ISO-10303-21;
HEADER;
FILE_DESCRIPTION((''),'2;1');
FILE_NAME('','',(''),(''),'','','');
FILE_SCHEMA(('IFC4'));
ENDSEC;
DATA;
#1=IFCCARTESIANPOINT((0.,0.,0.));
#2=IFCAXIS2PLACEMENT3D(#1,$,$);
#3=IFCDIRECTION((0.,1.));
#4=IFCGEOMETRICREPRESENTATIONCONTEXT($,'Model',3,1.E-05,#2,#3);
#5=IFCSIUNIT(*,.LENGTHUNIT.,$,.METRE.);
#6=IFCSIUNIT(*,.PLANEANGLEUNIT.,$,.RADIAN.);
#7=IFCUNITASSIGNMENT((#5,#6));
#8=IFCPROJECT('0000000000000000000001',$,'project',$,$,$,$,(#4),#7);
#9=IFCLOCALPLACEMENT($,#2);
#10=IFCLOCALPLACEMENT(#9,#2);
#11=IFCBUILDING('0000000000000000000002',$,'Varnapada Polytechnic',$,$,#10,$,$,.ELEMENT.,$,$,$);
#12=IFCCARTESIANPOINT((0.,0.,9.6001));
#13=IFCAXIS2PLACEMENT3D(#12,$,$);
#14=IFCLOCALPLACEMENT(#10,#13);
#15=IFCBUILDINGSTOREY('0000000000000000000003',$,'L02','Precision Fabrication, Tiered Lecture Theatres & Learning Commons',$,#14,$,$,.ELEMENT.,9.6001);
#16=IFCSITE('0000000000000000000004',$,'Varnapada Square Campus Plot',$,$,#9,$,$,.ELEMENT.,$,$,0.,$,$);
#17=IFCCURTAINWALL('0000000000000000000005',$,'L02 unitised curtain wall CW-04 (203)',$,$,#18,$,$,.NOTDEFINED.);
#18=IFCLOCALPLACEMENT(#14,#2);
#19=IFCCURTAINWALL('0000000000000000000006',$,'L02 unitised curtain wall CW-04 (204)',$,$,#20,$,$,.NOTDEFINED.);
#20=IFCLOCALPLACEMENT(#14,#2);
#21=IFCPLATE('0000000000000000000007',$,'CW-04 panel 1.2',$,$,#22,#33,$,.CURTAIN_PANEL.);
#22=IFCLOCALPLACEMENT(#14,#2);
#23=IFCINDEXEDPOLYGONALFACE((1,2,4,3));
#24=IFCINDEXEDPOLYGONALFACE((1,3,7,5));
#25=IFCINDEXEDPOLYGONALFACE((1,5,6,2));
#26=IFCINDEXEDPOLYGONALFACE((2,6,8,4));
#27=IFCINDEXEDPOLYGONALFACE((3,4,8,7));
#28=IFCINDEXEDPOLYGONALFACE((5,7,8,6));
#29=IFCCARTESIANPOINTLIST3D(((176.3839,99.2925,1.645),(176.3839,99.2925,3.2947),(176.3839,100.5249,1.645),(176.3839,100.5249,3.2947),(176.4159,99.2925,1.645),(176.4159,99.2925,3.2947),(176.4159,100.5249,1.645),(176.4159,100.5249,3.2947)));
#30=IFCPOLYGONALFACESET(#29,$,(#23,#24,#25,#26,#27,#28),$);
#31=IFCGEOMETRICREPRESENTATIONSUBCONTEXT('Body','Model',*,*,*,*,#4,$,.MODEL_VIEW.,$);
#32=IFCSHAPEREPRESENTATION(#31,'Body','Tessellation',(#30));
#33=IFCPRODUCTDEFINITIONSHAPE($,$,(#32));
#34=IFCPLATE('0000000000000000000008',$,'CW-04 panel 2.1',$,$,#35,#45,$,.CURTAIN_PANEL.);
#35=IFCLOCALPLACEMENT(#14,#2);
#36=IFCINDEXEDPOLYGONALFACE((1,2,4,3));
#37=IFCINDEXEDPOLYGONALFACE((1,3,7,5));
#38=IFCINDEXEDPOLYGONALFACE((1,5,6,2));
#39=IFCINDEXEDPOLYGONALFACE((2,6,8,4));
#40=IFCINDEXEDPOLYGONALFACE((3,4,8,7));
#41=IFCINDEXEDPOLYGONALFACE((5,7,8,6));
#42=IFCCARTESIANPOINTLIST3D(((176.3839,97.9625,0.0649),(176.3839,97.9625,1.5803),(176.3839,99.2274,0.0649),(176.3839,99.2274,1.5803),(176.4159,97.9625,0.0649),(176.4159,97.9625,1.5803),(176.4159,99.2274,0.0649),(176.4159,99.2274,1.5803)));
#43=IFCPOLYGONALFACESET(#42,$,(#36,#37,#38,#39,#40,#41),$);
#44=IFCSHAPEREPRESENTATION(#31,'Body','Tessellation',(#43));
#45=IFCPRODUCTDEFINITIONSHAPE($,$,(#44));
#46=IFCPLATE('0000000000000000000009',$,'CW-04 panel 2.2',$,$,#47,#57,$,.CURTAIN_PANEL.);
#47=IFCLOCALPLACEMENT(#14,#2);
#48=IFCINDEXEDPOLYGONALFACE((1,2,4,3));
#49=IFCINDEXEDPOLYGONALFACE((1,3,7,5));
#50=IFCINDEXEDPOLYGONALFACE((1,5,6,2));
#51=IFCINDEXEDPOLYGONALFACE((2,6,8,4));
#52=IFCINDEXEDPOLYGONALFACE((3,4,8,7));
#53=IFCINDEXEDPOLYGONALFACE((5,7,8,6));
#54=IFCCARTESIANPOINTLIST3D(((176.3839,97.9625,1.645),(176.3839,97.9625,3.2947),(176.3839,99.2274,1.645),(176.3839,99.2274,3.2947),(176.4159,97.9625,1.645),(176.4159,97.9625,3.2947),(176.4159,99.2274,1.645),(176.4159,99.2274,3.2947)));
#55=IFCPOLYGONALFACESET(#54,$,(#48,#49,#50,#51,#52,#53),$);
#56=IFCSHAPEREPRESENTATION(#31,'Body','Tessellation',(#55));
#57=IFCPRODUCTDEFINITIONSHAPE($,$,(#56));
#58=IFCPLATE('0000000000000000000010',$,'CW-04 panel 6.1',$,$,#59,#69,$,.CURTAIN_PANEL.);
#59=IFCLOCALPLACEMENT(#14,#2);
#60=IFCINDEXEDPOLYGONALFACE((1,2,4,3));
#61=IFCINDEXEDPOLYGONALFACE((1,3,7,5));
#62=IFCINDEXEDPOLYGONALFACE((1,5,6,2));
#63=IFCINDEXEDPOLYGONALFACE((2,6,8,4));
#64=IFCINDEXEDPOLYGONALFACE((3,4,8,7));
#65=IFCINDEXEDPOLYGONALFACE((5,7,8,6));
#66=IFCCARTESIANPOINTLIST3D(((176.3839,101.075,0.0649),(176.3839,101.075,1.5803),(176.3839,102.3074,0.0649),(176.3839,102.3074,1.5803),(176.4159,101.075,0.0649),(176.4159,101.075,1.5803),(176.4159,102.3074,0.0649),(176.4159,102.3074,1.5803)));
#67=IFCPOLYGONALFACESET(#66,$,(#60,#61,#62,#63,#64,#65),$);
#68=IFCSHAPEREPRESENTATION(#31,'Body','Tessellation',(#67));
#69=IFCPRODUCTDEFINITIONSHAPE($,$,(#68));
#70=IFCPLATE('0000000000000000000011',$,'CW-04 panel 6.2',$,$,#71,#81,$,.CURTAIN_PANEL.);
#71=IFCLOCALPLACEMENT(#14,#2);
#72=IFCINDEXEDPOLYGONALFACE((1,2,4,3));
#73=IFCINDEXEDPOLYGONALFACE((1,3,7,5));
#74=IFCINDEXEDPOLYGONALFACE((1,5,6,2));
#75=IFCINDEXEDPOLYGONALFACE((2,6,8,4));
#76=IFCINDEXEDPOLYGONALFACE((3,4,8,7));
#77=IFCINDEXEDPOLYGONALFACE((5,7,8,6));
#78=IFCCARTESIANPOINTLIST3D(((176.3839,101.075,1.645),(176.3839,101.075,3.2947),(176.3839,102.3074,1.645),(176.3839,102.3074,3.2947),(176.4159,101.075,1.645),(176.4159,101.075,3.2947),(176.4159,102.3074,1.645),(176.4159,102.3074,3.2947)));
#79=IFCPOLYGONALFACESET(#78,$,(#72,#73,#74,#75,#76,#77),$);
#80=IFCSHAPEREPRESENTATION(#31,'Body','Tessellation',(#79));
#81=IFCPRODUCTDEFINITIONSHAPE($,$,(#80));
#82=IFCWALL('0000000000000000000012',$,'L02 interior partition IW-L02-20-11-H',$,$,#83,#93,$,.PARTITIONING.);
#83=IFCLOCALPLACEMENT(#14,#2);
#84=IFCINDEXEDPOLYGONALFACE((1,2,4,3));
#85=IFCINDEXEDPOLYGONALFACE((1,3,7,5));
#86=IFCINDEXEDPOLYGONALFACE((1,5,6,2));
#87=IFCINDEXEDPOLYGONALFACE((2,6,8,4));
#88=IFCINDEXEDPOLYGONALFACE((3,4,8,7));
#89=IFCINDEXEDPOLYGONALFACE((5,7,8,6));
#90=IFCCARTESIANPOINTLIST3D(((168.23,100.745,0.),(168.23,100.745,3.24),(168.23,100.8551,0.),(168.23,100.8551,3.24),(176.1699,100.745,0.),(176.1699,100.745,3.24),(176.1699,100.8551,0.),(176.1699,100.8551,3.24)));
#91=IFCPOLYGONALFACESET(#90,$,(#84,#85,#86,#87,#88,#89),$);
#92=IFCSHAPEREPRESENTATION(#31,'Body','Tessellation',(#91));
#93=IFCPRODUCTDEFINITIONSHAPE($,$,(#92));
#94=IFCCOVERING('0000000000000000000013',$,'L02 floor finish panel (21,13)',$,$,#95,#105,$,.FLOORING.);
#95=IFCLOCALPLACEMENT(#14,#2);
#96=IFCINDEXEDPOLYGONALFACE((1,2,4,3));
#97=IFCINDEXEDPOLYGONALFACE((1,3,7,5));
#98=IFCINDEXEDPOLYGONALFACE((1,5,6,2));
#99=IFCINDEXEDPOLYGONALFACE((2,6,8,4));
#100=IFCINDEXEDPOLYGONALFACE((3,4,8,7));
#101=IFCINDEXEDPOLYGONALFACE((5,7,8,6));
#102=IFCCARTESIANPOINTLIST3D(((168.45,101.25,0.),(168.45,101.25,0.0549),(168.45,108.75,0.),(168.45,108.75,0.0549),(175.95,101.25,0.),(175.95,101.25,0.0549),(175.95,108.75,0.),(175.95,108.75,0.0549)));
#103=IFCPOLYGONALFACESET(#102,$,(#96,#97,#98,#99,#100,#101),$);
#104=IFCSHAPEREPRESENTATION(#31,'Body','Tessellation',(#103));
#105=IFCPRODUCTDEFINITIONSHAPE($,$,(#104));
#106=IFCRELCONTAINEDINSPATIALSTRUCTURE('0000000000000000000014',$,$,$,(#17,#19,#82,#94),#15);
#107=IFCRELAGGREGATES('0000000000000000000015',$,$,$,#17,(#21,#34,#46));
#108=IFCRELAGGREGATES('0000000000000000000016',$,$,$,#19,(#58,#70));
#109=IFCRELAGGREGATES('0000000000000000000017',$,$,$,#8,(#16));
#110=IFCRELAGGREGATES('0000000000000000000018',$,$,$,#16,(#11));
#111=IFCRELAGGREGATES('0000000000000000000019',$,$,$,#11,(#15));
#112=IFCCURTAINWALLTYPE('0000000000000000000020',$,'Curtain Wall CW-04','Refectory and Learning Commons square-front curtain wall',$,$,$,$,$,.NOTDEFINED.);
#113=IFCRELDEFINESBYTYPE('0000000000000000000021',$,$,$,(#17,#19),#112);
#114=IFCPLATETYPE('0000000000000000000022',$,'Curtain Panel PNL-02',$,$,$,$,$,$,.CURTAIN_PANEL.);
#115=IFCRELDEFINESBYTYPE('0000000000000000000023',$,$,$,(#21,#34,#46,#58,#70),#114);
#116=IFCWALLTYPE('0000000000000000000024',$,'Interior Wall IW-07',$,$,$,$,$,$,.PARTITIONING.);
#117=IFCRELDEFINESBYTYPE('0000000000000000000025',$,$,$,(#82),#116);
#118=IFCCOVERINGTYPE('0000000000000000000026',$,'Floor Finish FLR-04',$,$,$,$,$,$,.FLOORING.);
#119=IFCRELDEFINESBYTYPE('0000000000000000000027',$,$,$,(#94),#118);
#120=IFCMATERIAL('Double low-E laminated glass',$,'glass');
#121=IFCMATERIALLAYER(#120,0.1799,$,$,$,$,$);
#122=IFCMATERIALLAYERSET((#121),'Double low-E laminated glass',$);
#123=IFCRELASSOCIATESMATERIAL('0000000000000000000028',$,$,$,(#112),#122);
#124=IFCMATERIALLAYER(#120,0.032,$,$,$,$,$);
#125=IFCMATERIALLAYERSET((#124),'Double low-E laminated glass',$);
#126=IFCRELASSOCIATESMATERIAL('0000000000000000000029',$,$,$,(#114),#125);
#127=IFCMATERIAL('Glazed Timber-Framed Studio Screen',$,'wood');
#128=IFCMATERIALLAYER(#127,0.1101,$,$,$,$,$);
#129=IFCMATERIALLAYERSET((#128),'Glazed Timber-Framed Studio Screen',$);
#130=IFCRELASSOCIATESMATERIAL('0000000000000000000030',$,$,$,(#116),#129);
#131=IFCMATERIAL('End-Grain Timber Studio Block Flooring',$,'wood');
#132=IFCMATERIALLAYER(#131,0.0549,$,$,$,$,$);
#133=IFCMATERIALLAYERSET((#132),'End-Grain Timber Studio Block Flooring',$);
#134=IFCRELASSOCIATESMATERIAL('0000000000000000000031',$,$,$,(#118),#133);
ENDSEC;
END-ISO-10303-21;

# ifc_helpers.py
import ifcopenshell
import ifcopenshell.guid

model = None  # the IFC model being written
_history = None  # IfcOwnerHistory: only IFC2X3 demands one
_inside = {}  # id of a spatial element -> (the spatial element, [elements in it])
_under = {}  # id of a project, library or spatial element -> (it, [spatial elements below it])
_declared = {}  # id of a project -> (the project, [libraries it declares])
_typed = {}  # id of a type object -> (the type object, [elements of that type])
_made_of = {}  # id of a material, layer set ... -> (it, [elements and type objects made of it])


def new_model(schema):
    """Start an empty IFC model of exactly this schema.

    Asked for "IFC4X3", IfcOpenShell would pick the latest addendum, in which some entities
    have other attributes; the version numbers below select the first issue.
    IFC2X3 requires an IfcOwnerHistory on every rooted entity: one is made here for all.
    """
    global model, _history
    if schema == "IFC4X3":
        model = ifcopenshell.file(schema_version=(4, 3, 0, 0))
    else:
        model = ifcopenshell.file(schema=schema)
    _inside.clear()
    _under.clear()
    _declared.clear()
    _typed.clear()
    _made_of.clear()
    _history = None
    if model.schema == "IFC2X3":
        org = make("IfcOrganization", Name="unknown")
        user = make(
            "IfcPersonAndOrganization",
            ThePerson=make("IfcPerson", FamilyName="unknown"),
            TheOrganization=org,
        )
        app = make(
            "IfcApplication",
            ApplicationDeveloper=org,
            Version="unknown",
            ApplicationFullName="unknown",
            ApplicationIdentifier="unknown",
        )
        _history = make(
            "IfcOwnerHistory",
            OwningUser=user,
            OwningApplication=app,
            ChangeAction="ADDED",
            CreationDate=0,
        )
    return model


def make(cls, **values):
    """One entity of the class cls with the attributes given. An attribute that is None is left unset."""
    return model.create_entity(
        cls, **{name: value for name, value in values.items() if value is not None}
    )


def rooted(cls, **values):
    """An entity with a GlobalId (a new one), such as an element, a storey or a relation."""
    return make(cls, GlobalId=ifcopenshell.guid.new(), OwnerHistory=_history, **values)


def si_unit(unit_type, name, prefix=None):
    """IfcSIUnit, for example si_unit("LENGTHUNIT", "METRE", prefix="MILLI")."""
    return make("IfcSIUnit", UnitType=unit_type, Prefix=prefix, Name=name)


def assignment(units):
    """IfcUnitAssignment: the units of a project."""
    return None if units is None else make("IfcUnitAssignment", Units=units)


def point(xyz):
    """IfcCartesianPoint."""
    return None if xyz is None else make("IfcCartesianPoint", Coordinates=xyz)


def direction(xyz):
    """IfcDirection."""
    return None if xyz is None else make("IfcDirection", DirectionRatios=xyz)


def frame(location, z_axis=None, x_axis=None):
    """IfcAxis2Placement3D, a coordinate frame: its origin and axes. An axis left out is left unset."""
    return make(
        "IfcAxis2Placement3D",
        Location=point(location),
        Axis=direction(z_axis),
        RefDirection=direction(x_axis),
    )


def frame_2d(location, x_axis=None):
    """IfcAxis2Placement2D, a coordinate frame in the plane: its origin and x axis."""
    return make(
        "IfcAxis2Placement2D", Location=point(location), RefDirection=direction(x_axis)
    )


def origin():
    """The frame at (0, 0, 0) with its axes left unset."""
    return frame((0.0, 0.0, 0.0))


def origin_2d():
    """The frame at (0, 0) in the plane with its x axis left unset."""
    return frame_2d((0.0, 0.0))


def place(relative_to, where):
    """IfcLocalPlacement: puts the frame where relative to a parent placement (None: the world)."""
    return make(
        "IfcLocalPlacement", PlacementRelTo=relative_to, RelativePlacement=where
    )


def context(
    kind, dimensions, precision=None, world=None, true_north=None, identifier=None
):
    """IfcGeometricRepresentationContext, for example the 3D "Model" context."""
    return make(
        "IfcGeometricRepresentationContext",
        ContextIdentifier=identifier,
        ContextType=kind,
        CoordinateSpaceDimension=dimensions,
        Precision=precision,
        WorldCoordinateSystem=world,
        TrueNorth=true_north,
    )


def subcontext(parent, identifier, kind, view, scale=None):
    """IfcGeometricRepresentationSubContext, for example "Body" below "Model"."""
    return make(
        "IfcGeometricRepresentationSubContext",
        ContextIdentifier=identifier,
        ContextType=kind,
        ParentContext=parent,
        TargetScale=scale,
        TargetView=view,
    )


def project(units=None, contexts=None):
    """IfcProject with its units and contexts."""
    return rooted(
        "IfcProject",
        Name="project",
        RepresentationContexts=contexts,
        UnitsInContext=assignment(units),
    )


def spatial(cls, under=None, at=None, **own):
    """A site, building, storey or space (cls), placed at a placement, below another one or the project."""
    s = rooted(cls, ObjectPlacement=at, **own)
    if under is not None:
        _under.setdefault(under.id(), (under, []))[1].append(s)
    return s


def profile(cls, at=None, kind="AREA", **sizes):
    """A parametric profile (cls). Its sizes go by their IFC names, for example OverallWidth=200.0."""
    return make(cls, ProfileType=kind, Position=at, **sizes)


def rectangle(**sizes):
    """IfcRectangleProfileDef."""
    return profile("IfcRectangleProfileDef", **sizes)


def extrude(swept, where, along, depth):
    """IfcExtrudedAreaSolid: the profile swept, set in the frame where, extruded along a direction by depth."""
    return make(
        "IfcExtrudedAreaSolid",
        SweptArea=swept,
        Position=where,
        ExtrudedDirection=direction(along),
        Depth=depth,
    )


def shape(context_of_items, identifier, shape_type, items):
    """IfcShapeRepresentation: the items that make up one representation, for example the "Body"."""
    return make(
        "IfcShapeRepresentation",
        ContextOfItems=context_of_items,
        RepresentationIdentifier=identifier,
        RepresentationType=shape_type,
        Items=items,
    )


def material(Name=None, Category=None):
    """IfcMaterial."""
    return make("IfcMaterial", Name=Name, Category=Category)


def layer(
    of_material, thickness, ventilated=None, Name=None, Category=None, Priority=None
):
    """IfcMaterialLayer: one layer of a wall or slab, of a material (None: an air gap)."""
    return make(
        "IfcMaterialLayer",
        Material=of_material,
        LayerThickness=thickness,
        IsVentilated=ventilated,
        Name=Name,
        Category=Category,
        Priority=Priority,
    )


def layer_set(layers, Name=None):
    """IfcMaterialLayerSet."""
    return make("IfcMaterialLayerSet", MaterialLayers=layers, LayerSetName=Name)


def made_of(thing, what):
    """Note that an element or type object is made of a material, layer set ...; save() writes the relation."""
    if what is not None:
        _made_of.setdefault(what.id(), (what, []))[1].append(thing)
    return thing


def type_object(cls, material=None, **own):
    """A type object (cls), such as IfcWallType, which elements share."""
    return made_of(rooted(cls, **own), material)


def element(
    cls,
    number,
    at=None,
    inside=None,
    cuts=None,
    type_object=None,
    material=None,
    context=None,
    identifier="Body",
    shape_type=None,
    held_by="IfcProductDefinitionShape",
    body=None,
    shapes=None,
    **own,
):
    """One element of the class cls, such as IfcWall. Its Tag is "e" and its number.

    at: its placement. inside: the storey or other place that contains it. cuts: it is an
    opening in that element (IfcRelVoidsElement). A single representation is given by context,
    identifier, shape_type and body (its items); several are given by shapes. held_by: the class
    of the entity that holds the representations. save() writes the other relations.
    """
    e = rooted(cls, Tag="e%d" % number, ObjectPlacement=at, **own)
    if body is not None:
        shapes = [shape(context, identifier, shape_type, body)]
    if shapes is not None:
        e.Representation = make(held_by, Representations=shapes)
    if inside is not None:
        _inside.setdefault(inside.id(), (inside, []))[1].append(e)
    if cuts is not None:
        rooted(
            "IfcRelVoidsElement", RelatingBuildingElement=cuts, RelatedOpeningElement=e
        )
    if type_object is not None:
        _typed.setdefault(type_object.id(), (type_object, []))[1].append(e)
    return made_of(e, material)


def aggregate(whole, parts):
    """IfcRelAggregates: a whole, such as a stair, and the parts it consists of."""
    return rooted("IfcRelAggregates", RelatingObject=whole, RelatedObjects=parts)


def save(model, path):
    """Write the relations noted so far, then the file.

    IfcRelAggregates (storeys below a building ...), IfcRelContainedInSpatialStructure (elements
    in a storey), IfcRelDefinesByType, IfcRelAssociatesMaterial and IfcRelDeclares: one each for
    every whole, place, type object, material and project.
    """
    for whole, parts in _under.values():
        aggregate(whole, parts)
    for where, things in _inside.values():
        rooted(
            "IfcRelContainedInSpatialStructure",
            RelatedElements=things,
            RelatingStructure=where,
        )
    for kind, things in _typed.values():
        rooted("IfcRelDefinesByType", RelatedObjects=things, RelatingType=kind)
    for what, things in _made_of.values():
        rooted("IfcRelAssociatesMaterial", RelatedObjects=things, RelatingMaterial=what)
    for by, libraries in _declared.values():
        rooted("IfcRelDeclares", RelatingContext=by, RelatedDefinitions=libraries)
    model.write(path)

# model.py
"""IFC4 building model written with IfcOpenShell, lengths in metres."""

from ifc_helpers import new_model, si_unit, direction, frame, frame_2d, origin, origin_2d, place, context, subcontext, project, spatial, rectangle, extrude, material, layer, layer_set, type_object, element, aggregate, save


model = new_model("IFC4")

# Units and contexts
model_context = context("Model", 3, precision=1e-05, world=origin(), true_north=direction((0.0, 1.0)))
body_context = subcontext(model_context, "Body", "Model", "MODEL_VIEW")
ifc_project = project(units=[si_unit("LENGTHUNIT", "METRE"), si_unit("PLANEANGLEUNIT", "RADIAN")], contexts=[model_context])

# Site, building, storey
site_placement = place(None, origin())
site = spatial("IfcSite", under=ifc_project, at=site_placement, Name="Varnapada Square Campus Plot", CompositionType="ELEMENT", RefElevation=0.0)
building_placement = place(site_placement, origin())
building = spatial("IfcBuilding", under=site, at=building_placement, Name="Varnapada Polytechnic", CompositionType="ELEMENT")
storey_placement = place(building_placement, frame((0.0, 0.0, 9.6001)))
storey = spatial("IfcBuildingStorey", under=building, at=storey_placement, Name="L02", Description="Precision Fabrication, Tiered Lecture Theatres & Learning Commons", CompositionType="ELEMENT", Elevation=9.6001)

# Curtain wall
ifc_material_1 = material(Name="Double low-E laminated glass", Category="glass")
ifc_layer_1 = layer(ifc_material_1, 0.1799)
ifc_layer_set_1 = layer_set([ifc_layer_1], Name="Double low-E laminated glass")
curtain_wall_type = type_object("IfcCurtainWallType", Name="Curtain Wall CW-04", Description="Refectory and Learning Commons square-front curtain wall", PredefinedType="NOTDEFINED", material=ifc_layer_set_1)
curtain_wall_1_placement = place(storey_placement, origin())
curtain_wall_1 = element("IfcCurtainWall", 1, at=curtain_wall_1_placement, inside=storey, type_object=curtain_wall_type, Name="L02 unitised curtain wall CW-04 (203)", PredefinedType="NOTDEFINED")

# Curtain wall
curtain_wall_2_placement = place(storey_placement, origin())
curtain_wall_2 = element("IfcCurtainWall", 2, at=curtain_wall_2_placement, inside=storey, type_object=curtain_wall_type, Name="L02 unitised curtain wall CW-04 (204)", PredefinedType="NOTDEFINED")

# Plates
ifc_layer_2 = layer(ifc_material_1, 0.032)
ifc_layer_set_2 = layer_set([ifc_layer_2], Name="Double low-E laminated glass")
plate_type = type_object("IfcPlateType", Name="Curtain Panel PNL-02", PredefinedType="CURTAIN_PANEL", material=ifc_layer_set_2)
plate_1_placement = place(storey_placement, frame((176.3999, 99.9087, 1.645), z_axis=(0.0, 0.0, 1.0), x_axis=(0.0, -1.0, 0.0)))
plate_1 = element("IfcPlate", 3, at=plate_1_placement, type_object=plate_type, Name="CW-04 panel 1.2", PredefinedType="CURTAIN_PANEL", context=body_context, shape_type="SweptSolid", body=[
    extrude(rectangle(XDim=1.2324, YDim=0.032, at=origin_2d()), origin(), (0.0, 0.0, 1.0), 1.6497),
])
plate_2_placement = place(storey_placement, frame((176.3999, 98.595, 0.0649), z_axis=(0.0, 0.0, 1.0), x_axis=(0.0, -1.0, 0.0)))
plate_2 = element("IfcPlate", 4, at=plate_2_placement, type_object=plate_type, Name="CW-04 panel 2.1", PredefinedType="CURTAIN_PANEL", context=body_context, shape_type="SweptSolid", body=[
    extrude(rectangle(XDim=1.2649, YDim=0.032, at=origin_2d()), origin(), (0.0, 0.0, 1.0), 1.5154),
])
plate_3_placement = place(storey_placement, frame((176.3999, 98.595, 1.645), z_axis=(0.0, 0.0, 1.0), x_axis=(0.0, -1.0, 0.0)))
plate_3 = element("IfcPlate", 5, at=plate_3_placement, type_object=plate_type, Name="CW-04 panel 2.2", PredefinedType="CURTAIN_PANEL", context=body_context, shape_type="SweptSolid", body=[
    extrude(rectangle(XDim=1.2649, YDim=0.032, at=origin_2d()), origin(), (0.0, 0.0, 1.0), 1.6497),
])
aggregate(curtain_wall_1, [plate_1, plate_2, plate_3])
plate_4_placement = place(storey_placement, frame((176.3999, 101.6912, 0.0649), z_axis=(0.0, 0.0, 1.0), x_axis=(0.0, -1.0, 0.0)))
plate_4 = element("IfcPlate", 6, at=plate_4_placement, type_object=plate_type, Name="CW-04 panel 6.1", PredefinedType="CURTAIN_PANEL", context=body_context, shape_type="SweptSolid", body=[
    extrude(rectangle(XDim=1.2324, YDim=0.032, at=origin_2d()), origin(), (0.0, 0.0, 1.0), 1.5154),
])
plate_5_placement = place(storey_placement, frame((176.3999, 101.6912, 1.645), z_axis=(0.0, 0.0, 1.0), x_axis=(0.0, -1.0, 0.0)))
plate_5 = element("IfcPlate", 7, at=plate_5_placement, type_object=plate_type, Name="CW-04 panel 6.2", PredefinedType="CURTAIN_PANEL", context=body_context, shape_type="SweptSolid", body=[
    extrude(rectangle(XDim=1.2324, YDim=0.032, at=origin_2d()), origin(), (0.0, 0.0, 1.0), 1.6497),
])
aggregate(curtain_wall_2, [plate_4, plate_5])

# Wall
ifc_material_2 = material(Name="Glazed Timber-Framed Studio Screen", Category="wood")
ifc_layer_3 = layer(ifc_material_2, 0.1101)
ifc_layer_set_3 = layer_set([ifc_layer_3], Name="Glazed Timber-Framed Studio Screen")
wall_type = type_object("IfcWallType", Name="Interior Wall IW-07", PredefinedType="PARTITIONING", material=ifc_layer_set_3)
wall_placement = place(storey_placement, frame((168.23, 100.8, 0.0), z_axis=(0.0, 0.0, 1.0), x_axis=(1.0, 0.0, 0.0)))
element("IfcWall", 8, at=wall_placement, inside=storey, type_object=wall_type, Name="L02 interior partition IW-L02-20-11-H", PredefinedType="PARTITIONING", context=body_context, shape_type="SweptSolid", body=[
    extrude(rectangle(XDim=7.9399, YDim=0.1101, at=frame_2d((3.97, 0.0))), origin(), (0.0, 0.0, 1.0), 3.24),
])

# Covering
ifc_material_3 = material(Name="End-Grain Timber Studio Block Flooring", Category="wood")
ifc_layer_4 = layer(ifc_material_3, 0.0549)
ifc_layer_set_4 = layer_set([ifc_layer_4], Name="End-Grain Timber Studio Block Flooring")
covering_type = type_object("IfcCoveringType", Name="Floor Finish FLR-04", PredefinedType="FLOORING", material=ifc_layer_set_4)
covering_placement = place(storey_placement, frame((172.2, 105.0, 0.0), z_axis=(0.0, 0.0, 1.0), x_axis=(1.0, 0.0, 0.0)))
element("IfcCovering", 9, at=covering_placement, inside=storey, type_object=covering_type, Name="L02 floor finish panel (21,13)", PredefinedType="FLOORING", context=body_context, shape_type="SweptSolid", body=[
    extrude(rectangle(XDim=7.5, YDim=7.5, at=origin_2d()), origin(), (0.0, 0.0, 1.0), 0.0549),
])

save(model, "model.ifc")
